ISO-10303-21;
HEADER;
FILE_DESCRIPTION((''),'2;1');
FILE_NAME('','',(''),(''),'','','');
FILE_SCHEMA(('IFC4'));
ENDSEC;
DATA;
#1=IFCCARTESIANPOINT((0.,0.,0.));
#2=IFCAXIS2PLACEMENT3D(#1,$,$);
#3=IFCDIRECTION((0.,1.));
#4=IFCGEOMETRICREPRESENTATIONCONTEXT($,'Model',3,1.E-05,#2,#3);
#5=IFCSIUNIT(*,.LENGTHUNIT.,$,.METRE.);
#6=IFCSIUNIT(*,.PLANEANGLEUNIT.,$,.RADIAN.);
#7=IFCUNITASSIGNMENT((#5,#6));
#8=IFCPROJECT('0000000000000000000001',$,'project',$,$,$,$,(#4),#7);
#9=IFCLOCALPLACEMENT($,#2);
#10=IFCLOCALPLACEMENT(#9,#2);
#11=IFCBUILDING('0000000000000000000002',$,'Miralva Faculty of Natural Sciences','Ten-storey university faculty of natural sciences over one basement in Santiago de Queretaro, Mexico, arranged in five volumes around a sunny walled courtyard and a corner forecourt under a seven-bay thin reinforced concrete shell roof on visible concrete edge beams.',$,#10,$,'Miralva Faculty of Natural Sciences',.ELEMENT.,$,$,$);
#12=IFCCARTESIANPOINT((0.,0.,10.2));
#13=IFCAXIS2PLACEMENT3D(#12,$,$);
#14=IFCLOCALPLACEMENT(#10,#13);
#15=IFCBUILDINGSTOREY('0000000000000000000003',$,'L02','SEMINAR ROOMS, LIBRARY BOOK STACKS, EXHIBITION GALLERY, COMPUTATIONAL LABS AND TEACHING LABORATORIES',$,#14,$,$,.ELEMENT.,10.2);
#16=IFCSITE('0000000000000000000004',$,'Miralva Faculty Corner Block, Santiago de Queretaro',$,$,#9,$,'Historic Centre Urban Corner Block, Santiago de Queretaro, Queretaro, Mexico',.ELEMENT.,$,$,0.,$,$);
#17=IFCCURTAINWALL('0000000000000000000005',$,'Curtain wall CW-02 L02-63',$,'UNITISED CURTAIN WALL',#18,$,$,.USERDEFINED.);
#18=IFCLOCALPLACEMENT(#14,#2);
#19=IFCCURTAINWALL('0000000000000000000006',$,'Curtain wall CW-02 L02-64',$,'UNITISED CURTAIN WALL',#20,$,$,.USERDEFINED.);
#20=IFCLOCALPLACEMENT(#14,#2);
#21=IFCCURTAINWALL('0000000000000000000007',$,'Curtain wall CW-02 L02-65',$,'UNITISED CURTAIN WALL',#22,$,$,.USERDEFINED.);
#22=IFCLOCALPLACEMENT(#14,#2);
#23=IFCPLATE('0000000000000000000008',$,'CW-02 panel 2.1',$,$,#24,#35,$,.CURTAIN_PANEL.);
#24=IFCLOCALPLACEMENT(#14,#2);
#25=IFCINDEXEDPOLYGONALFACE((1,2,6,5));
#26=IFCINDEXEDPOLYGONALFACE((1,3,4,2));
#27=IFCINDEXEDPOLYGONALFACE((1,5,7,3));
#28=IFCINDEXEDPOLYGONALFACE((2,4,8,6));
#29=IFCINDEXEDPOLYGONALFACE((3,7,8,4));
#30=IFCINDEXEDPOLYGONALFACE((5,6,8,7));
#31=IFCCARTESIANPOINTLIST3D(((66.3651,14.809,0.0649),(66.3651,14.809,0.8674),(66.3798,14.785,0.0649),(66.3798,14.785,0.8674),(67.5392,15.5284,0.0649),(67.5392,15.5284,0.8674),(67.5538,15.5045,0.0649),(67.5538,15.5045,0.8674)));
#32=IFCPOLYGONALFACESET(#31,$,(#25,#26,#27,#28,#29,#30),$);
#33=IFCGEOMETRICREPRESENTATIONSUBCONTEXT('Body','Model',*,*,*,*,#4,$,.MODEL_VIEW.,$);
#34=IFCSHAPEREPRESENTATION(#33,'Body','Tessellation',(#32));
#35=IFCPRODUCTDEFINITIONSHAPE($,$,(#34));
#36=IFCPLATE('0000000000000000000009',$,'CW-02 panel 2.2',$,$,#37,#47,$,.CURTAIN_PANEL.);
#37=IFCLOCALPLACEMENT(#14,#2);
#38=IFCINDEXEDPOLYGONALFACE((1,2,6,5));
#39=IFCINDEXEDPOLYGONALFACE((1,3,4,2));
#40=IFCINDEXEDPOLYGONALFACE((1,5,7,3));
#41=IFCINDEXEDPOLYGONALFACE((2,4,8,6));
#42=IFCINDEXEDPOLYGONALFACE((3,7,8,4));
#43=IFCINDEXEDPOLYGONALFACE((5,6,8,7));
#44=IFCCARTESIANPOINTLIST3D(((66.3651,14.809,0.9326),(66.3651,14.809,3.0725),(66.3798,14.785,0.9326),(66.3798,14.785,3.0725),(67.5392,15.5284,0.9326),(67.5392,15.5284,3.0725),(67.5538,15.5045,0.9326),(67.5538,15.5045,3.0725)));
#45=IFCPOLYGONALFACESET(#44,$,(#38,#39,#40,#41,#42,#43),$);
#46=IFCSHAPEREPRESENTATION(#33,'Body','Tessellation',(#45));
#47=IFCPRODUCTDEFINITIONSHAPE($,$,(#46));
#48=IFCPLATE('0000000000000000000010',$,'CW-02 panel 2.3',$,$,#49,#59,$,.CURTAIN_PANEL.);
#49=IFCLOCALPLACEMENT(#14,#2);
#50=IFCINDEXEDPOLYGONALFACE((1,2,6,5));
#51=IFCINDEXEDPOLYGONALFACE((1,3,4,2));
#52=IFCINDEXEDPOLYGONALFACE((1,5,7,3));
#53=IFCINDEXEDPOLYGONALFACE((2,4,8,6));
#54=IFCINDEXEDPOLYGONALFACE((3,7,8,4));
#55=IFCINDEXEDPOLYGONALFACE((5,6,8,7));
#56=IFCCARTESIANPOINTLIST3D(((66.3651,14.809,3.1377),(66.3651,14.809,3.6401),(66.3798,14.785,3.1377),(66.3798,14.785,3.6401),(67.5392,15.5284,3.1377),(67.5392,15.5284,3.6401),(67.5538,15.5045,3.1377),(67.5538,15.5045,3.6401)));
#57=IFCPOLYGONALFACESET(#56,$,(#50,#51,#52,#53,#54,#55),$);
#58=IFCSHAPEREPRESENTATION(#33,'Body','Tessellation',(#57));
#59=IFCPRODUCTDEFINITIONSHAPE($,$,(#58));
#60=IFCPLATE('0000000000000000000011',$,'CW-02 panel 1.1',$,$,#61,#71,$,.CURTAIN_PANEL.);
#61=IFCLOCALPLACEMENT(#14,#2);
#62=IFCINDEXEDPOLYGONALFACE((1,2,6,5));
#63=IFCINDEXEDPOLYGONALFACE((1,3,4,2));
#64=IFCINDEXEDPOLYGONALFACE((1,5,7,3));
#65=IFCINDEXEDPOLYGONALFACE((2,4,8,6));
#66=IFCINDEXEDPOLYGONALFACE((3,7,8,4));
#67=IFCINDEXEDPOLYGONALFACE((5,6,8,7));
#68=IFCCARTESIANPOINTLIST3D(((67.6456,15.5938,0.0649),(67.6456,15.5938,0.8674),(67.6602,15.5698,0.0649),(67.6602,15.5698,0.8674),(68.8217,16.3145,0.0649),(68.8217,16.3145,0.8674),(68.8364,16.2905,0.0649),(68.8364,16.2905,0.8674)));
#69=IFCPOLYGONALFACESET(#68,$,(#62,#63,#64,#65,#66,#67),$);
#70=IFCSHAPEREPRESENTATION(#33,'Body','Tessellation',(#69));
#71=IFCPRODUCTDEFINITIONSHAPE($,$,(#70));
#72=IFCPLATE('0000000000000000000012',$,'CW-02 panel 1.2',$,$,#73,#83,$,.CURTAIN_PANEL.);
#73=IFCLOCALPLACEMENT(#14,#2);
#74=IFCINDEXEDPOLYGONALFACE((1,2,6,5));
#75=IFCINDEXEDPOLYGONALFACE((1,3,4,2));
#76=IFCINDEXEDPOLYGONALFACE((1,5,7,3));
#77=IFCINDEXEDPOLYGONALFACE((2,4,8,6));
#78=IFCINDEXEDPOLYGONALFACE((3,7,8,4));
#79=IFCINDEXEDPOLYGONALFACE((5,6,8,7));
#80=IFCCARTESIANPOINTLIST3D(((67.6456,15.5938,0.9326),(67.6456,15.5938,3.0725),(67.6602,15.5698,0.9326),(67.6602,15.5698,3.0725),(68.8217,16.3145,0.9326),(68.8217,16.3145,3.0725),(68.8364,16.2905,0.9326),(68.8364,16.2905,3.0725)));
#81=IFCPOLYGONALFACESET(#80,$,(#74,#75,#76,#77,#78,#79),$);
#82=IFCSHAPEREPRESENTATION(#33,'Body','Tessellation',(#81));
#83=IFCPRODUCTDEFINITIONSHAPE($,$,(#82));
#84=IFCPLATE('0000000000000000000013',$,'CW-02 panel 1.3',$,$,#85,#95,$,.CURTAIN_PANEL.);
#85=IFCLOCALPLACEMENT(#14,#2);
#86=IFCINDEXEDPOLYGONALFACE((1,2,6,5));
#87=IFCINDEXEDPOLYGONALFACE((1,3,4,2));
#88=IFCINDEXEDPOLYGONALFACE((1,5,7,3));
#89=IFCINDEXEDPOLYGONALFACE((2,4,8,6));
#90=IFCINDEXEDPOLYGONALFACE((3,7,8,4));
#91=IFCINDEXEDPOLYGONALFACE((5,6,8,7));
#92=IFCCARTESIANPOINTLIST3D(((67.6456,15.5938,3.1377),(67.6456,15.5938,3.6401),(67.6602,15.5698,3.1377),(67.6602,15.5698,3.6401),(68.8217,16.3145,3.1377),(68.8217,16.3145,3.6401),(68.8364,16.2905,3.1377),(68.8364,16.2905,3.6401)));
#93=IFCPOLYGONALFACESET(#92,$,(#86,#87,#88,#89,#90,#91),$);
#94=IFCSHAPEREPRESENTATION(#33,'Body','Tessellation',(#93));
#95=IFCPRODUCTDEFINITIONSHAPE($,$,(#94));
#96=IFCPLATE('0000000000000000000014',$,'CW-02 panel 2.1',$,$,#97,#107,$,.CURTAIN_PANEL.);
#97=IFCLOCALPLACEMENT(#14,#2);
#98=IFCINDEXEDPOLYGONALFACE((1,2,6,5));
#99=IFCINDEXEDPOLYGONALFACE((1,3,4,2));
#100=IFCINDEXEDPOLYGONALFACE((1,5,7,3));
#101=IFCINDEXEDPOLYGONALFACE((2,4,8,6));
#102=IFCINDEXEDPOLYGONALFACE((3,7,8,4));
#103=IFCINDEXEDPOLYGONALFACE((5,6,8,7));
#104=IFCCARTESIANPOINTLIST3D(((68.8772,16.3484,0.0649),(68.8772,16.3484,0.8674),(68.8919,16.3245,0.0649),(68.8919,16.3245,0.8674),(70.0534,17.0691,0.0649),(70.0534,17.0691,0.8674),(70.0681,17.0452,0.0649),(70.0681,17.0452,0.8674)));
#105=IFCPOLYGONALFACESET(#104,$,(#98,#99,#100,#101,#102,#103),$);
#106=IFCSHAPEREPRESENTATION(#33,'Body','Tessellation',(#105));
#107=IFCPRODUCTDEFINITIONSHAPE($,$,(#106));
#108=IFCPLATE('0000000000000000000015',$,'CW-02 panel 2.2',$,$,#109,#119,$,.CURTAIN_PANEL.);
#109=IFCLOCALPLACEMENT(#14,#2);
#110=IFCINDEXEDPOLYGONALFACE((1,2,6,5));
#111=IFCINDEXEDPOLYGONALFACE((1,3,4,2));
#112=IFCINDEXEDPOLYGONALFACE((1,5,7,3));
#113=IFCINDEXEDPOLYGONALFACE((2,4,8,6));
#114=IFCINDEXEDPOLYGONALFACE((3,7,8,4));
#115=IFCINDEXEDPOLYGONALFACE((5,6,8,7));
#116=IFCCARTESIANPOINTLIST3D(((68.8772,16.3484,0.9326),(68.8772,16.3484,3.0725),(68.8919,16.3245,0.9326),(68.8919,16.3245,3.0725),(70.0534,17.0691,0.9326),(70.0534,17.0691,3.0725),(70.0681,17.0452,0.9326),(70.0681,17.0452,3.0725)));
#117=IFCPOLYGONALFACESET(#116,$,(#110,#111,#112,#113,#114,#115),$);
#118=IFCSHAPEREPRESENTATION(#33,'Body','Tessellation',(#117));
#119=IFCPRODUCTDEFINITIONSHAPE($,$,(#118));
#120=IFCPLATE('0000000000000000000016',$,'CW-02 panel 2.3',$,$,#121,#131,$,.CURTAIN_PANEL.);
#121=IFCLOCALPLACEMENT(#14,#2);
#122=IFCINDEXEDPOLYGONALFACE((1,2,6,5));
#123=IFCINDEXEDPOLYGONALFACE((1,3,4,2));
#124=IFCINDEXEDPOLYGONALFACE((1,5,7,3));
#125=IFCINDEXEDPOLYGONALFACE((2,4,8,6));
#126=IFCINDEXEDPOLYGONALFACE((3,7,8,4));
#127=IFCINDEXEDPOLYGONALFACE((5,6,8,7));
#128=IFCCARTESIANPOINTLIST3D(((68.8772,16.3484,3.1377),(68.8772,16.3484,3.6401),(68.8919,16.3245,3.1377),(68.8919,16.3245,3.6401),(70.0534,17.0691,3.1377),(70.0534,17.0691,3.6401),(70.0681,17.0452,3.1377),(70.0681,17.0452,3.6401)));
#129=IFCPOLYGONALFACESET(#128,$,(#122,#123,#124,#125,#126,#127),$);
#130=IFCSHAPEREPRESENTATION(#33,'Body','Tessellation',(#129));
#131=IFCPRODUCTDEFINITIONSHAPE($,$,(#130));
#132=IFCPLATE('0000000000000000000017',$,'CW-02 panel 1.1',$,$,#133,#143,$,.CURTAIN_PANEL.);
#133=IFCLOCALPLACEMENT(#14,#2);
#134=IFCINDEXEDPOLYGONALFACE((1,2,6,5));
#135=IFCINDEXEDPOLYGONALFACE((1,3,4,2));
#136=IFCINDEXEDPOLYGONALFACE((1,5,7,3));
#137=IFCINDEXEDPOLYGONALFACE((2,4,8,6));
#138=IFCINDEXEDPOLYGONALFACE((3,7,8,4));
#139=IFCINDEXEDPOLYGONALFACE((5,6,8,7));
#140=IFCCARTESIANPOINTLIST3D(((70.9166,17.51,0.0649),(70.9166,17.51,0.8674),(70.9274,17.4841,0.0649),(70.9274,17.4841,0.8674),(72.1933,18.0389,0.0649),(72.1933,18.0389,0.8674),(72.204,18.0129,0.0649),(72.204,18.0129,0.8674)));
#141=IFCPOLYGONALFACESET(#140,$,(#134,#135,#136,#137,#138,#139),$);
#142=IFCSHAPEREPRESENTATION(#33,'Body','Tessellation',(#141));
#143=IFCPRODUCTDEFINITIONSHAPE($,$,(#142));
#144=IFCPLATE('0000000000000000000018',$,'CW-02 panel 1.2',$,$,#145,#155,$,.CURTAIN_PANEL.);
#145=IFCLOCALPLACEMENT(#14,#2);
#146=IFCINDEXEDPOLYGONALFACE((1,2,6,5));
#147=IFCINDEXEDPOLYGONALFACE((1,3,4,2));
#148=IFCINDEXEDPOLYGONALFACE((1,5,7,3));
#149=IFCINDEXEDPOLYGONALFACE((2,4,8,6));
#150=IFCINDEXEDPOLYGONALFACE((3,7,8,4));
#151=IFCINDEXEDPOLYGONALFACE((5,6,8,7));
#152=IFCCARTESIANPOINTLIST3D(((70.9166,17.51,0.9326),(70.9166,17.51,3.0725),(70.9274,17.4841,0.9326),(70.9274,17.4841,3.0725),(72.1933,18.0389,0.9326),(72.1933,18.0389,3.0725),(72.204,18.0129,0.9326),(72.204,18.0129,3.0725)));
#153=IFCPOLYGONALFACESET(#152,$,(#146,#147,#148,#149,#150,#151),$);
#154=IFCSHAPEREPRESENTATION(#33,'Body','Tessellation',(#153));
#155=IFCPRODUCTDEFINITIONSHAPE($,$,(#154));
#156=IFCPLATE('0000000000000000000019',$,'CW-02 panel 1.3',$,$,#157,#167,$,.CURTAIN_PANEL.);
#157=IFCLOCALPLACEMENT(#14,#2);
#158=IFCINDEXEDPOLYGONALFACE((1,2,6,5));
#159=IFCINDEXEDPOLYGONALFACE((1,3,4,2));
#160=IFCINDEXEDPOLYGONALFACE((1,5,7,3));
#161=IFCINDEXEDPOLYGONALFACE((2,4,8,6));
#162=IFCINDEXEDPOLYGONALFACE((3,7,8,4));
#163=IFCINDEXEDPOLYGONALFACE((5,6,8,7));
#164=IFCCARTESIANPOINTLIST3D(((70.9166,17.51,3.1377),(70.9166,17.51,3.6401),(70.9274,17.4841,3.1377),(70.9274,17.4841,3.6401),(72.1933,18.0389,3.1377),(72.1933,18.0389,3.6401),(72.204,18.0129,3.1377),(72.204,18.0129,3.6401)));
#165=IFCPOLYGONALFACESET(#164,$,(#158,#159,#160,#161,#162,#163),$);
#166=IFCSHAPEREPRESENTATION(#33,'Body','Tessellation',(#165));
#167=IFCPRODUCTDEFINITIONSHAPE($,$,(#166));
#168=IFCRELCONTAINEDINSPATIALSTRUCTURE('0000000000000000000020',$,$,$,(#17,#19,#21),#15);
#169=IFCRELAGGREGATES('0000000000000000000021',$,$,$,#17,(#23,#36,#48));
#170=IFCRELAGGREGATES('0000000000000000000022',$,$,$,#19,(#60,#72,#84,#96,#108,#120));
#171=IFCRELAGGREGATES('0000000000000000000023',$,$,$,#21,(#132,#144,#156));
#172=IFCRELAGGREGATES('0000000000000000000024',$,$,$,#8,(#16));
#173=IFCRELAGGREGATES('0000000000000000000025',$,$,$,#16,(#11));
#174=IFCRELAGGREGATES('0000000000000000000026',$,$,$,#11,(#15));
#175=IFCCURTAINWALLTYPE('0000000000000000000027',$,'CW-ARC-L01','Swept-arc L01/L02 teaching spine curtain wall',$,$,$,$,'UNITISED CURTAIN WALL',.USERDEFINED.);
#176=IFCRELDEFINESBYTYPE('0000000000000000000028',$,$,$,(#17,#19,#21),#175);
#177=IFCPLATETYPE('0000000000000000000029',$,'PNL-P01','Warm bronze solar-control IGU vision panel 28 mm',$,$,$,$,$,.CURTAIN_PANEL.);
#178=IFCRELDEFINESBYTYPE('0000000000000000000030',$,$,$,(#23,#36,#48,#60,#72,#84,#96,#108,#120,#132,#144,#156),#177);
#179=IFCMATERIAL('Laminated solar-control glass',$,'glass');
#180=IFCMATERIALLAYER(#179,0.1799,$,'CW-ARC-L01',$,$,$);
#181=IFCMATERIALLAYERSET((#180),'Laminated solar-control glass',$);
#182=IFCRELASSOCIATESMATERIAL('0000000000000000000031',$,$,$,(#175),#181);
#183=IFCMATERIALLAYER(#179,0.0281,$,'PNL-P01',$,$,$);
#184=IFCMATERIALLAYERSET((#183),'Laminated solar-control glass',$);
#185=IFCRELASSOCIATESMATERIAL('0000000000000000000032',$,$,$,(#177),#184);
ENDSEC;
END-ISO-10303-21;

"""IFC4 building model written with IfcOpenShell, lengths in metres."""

from ifc_helpers import new_model, si_unit, direction, frame, origin, origin_2d, place, context, subcontext, project, spatial, rectangle, extrude, material, layer, layer_set, type_object, element, aggregate, save


model = new_model("IFC4")

# Units and contexts
model_context = context("Model", 3, precision=1e-05, world=origin(), true_north=direction((0.0, 1.0)))
body_context = subcontext(model_context, "Body", "Model", "MODEL_VIEW")
ifc_project = project(units=[si_unit("LENGTHUNIT", "METRE"), si_unit("PLANEANGLEUNIT", "RADIAN")], contexts=[model_context])

# Site, building, storey
site_placement = place(None, origin())
site = spatial("IfcSite", under=ifc_project, at=site_placement, Name="Miralva Faculty Corner Block, Santiago de Queretaro", LongName="Historic Centre Urban Corner Block, Santiago de Queretaro, Queretaro, Mexico", CompositionType="ELEMENT", RefElevation=0.0)
building_placement = place(site_placement, origin())
building = spatial("IfcBuilding", under=site, at=building_placement, Name="Miralva Faculty of Natural Sciences", Description="Ten-storey university faculty of natural sciences over one basement in Santiago de Queretaro, Mexico, arranged in five volumes around a sunny walled courtyard and a corner forecourt under a seven-bay thin reinforced concrete shell roof on visible concrete edge beams.", LongName="Miralva Faculty of Natural Sciences", CompositionType="ELEMENT")
storey_placement = place(building_placement, frame((0.0, 0.0, 10.2)))
storey = spatial("IfcBuildingStorey", under=building, at=storey_placement, Name="L02", Description="SEMINAR ROOMS, LIBRARY BOOK STACKS, EXHIBITION GALLERY, COMPUTATIONAL LABS AND TEACHING LABORATORIES", CompositionType="ELEMENT", Elevation=10.2)

# Curtain wall
ifc_material_1 = material(Name="Laminated solar-control glass", Category="glass")
ifc_layer_1 = layer(ifc_material_1, 0.1799, Name="CW-ARC-L01")
ifc_layer_set_1 = layer_set([ifc_layer_1], Name="Laminated solar-control glass")
curtain_wall_type = type_object("IfcCurtainWallType", Name="CW-ARC-L01", Description="Swept-arc L01/L02 teaching spine curtain wall", ElementType="UNITISED CURTAIN WALL", PredefinedType="USERDEFINED", material=ifc_layer_set_1)
curtain_wall_1_placement = place(storey_placement, origin())
curtain_wall_1 = element("IfcCurtainWall", 1, at=curtain_wall_1_placement, inside=storey, type_object=curtain_wall_type, Name="Curtain wall CW-02 L02-63", ObjectType="UNITISED CURTAIN WALL", PredefinedType="USERDEFINED")

# Curtain wall
curtain_wall_2_placement = place(storey_placement, origin())
curtain_wall_2 = element("IfcCurtainWall", 2, at=curtain_wall_2_placement, inside=storey, type_object=curtain_wall_type, Name="Curtain wall CW-02 L02-64", ObjectType="UNITISED CURTAIN WALL", PredefinedType="USERDEFINED")

# Curtain wall
curtain_wall_3_placement = place(storey_placement, origin())
curtain_wall_3 = element("IfcCurtainWall", 3, at=curtain_wall_3_placement, inside=storey, type_object=curtain_wall_type, Name="Curtain wall CW-02 L02-65", ObjectType="UNITISED CURTAIN WALL", PredefinedType="USERDEFINED")

# Plates
ifc_layer_2 = layer(ifc_material_1, 0.0281, Name="PNL-P01")
ifc_layer_set_2 = layer_set([ifc_layer_2], Name="Laminated solar-control glass")
plate_type = type_object("IfcPlateType", Name="PNL-P01", Description="Warm bronze solar-control IGU vision panel 28 mm", PredefinedType="CURTAIN_PANEL", material=ifc_layer_set_2)
plate_1_placement = place(storey_placement, frame((66.9595, 15.1567, 0.0649), z_axis=(0.0, 0.0, 1.0), x_axis=(0.852641, 0.522498, 0.0)))
plate_1 = element("IfcPlate", 4, at=plate_1_placement, type_object=plate_type, Name="CW-02 panel 2.1", PredefinedType="CURTAIN_PANEL", context=body_context, shape_type="SweptSolid", body=[
    extrude(rectangle(XDim=1.377, YDim=0.0281, at=origin_2d()), origin(), (0.0, 0.0, 1.0), 0.8025),
])
plate_2_placement = place(storey_placement, frame((66.9595, 15.1567, 0.9326), z_axis=(0.0, 0.0, 1.0), x_axis=(0.852641, 0.522498, 0.0)))
plate_2 = element("IfcPlate", 5, at=plate_2_placement, type_object=plate_type, Name="CW-02 panel 2.2", PredefinedType="CURTAIN_PANEL", context=body_context, shape_type="SweptSolid", body=[
    extrude(rectangle(XDim=1.377, YDim=0.0281, at=origin_2d()), origin(), (0.0, 0.0, 1.0), 2.1399),
])
plate_3_placement = place(storey_placement, frame((66.9595, 15.1567, 3.1377), z_axis=(0.0, 0.0, 1.0), x_axis=(0.852641, 0.522498, 0.0)))
plate_3 = element("IfcPlate", 6, at=plate_3_placement, type_object=plate_type, Name="CW-02 panel 2.3", PredefinedType="CURTAIN_PANEL", context=body_context, shape_type="SweptSolid", body=[
    extrude(rectangle(XDim=1.377, YDim=0.0281, at=origin_2d()), origin(), (0.0, 0.0, 1.0), 0.5024),
])
aggregate(curtain_wall_1, [plate_1, plate_2, plate_3])
plate_4_placement = place(storey_placement, frame((68.241, 15.9421, 0.0649), z_axis=(0.0, 0.0, 1.0), x_axis=(0.852655, 0.522474, 0.0)))
plate_4 = element("IfcPlate", 7, at=plate_4_placement, type_object=plate_type, Name="CW-02 panel 1.1", PredefinedType="CURTAIN_PANEL", context=body_context, shape_type="SweptSolid", body=[
    extrude(rectangle(XDim=1.3794, YDim=0.0281, at=origin_2d()), origin(), (0.0, 0.0, 1.0), 0.8025),
])
plate_5_placement = place(storey_placement, frame((68.241, 15.9421, 0.9326), z_axis=(0.0, 0.0, 1.0), x_axis=(0.852655, 0.522474, 0.0)))
plate_5 = element("IfcPlate", 8, at=plate_5_placement, type_object=plate_type, Name="CW-02 panel 1.2", PredefinedType="CURTAIN_PANEL", context=body_context, shape_type="SweptSolid", body=[
    extrude(rectangle(XDim=1.3794, YDim=0.0281, at=origin_2d()), origin(), (0.0, 0.0, 1.0), 2.1399),
])
plate_6_placement = place(storey_placement, frame((68.241, 15.9421, 3.1377), z_axis=(0.0, 0.0, 1.0), x_axis=(0.852655, 0.522474, 0.0)))
plate_6 = element("IfcPlate", 9, at=plate_6_placement, type_object=plate_type, Name="CW-02 panel 1.3", PredefinedType="CURTAIN_PANEL", context=body_context, shape_type="SweptSolid", body=[
    extrude(rectangle(XDim=1.3794, YDim=0.0281, at=origin_2d()), origin(), (0.0, 0.0, 1.0), 0.5024),
])
plate_7_placement = place(storey_placement, frame((69.4727, 16.6968, 0.0649), z_axis=(0.0, 0.0, 1.0), x_axis=(0.852655, 0.522474, 0.0)))
plate_7 = element("IfcPlate", 10, at=plate_7_placement, type_object=plate_type, Name="CW-02 panel 2.1", PredefinedType="CURTAIN_PANEL", context=body_context, shape_type="SweptSolid", body=[
    extrude(rectangle(XDim=1.3794, YDim=0.0281, at=origin_2d()), origin(), (0.0, 0.0, 1.0), 0.8025),
])
plate_8_placement = place(storey_placement, frame((69.4727, 16.6968, 0.9326), z_axis=(0.0, 0.0, 1.0), x_axis=(0.852655, 0.522474, 0.0)))
plate_8 = element("IfcPlate", 11, at=plate_8_placement, type_object=plate_type, Name="CW-02 panel 2.2", PredefinedType="CURTAIN_PANEL", context=body_context, shape_type="SweptSolid", body=[
    extrude(rectangle(XDim=1.3794, YDim=0.0281, at=origin_2d()), origin(), (0.0, 0.0, 1.0), 2.1399),
])
plate_9_placement = place(storey_placement, frame((69.4727, 16.6968, 3.1377), z_axis=(0.0, 0.0, 1.0), x_axis=(0.852655, 0.522474, 0.0)))
plate_9 = element("IfcPlate", 12, at=plate_9_placement, type_object=plate_type, Name="CW-02 panel 2.3", PredefinedType="CURTAIN_PANEL", context=body_context, shape_type="SweptSolid", body=[
    extrude(rectangle(XDim=1.3794, YDim=0.0281, at=origin_2d()), origin(), (0.0, 0.0, 1.0), 0.5024),
])
aggregate(curtain_wall_2, [plate_4, plate_5, plate_6, plate_7, plate_8, plate_9])
plate_10_placement = place(storey_placement, frame((71.5603, 17.7615, 0.0649), z_axis=(0.0, 0.0, 1.0), x_axis=(0.923874, 0.382697, 0.0)))
plate_10 = element("IfcPlate", 13, at=plate_10_placement, type_object=plate_type, Name="CW-02 panel 1.1", PredefinedType="CURTAIN_PANEL", context=body_context, shape_type="SweptSolid", body=[
    extrude(rectangle(XDim=1.3818, YDim=0.0281, at=origin_2d()), origin(), (0.0, 0.0, 1.0), 0.8025),
])
plate_11_placement = place(storey_placement, frame((71.5603, 17.7615, 0.9326), z_axis=(0.0, 0.0, 1.0), x_axis=(0.923874, 0.382697, 0.0)))
plate_11 = element("IfcPlate", 14, at=plate_11_placement, type_object=plate_type, Name="CW-02 panel 1.2", PredefinedType="CURTAIN_PANEL", context=body_context, shape_type="SweptSolid", body=[
    extrude(rectangle(XDim=1.3818, YDim=0.0281, at=origin_2d()), origin(), (0.0, 0.0, 1.0), 2.1399),
])
plate_12_placement = place(storey_placement, frame((71.5603, 17.7615, 3.1377), z_axis=(0.0, 0.0, 1.0), x_axis=(0.923874, 0.382697, 0.0)))
plate_12 = element("IfcPlate", 15, at=plate_12_placement, type_object=plate_type, Name="CW-02 panel 1.3", PredefinedType="CURTAIN_PANEL", context=body_context, shape_type="SweptSolid", body=[
    extrude(rectangle(XDim=1.3818, YDim=0.0281, at=origin_2d()), origin(), (0.0, 0.0, 1.0), 0.5024),
])
aggregate(curtain_wall_3, [plate_10, plate_11, plate_12])

save(model, "model.ifc")
